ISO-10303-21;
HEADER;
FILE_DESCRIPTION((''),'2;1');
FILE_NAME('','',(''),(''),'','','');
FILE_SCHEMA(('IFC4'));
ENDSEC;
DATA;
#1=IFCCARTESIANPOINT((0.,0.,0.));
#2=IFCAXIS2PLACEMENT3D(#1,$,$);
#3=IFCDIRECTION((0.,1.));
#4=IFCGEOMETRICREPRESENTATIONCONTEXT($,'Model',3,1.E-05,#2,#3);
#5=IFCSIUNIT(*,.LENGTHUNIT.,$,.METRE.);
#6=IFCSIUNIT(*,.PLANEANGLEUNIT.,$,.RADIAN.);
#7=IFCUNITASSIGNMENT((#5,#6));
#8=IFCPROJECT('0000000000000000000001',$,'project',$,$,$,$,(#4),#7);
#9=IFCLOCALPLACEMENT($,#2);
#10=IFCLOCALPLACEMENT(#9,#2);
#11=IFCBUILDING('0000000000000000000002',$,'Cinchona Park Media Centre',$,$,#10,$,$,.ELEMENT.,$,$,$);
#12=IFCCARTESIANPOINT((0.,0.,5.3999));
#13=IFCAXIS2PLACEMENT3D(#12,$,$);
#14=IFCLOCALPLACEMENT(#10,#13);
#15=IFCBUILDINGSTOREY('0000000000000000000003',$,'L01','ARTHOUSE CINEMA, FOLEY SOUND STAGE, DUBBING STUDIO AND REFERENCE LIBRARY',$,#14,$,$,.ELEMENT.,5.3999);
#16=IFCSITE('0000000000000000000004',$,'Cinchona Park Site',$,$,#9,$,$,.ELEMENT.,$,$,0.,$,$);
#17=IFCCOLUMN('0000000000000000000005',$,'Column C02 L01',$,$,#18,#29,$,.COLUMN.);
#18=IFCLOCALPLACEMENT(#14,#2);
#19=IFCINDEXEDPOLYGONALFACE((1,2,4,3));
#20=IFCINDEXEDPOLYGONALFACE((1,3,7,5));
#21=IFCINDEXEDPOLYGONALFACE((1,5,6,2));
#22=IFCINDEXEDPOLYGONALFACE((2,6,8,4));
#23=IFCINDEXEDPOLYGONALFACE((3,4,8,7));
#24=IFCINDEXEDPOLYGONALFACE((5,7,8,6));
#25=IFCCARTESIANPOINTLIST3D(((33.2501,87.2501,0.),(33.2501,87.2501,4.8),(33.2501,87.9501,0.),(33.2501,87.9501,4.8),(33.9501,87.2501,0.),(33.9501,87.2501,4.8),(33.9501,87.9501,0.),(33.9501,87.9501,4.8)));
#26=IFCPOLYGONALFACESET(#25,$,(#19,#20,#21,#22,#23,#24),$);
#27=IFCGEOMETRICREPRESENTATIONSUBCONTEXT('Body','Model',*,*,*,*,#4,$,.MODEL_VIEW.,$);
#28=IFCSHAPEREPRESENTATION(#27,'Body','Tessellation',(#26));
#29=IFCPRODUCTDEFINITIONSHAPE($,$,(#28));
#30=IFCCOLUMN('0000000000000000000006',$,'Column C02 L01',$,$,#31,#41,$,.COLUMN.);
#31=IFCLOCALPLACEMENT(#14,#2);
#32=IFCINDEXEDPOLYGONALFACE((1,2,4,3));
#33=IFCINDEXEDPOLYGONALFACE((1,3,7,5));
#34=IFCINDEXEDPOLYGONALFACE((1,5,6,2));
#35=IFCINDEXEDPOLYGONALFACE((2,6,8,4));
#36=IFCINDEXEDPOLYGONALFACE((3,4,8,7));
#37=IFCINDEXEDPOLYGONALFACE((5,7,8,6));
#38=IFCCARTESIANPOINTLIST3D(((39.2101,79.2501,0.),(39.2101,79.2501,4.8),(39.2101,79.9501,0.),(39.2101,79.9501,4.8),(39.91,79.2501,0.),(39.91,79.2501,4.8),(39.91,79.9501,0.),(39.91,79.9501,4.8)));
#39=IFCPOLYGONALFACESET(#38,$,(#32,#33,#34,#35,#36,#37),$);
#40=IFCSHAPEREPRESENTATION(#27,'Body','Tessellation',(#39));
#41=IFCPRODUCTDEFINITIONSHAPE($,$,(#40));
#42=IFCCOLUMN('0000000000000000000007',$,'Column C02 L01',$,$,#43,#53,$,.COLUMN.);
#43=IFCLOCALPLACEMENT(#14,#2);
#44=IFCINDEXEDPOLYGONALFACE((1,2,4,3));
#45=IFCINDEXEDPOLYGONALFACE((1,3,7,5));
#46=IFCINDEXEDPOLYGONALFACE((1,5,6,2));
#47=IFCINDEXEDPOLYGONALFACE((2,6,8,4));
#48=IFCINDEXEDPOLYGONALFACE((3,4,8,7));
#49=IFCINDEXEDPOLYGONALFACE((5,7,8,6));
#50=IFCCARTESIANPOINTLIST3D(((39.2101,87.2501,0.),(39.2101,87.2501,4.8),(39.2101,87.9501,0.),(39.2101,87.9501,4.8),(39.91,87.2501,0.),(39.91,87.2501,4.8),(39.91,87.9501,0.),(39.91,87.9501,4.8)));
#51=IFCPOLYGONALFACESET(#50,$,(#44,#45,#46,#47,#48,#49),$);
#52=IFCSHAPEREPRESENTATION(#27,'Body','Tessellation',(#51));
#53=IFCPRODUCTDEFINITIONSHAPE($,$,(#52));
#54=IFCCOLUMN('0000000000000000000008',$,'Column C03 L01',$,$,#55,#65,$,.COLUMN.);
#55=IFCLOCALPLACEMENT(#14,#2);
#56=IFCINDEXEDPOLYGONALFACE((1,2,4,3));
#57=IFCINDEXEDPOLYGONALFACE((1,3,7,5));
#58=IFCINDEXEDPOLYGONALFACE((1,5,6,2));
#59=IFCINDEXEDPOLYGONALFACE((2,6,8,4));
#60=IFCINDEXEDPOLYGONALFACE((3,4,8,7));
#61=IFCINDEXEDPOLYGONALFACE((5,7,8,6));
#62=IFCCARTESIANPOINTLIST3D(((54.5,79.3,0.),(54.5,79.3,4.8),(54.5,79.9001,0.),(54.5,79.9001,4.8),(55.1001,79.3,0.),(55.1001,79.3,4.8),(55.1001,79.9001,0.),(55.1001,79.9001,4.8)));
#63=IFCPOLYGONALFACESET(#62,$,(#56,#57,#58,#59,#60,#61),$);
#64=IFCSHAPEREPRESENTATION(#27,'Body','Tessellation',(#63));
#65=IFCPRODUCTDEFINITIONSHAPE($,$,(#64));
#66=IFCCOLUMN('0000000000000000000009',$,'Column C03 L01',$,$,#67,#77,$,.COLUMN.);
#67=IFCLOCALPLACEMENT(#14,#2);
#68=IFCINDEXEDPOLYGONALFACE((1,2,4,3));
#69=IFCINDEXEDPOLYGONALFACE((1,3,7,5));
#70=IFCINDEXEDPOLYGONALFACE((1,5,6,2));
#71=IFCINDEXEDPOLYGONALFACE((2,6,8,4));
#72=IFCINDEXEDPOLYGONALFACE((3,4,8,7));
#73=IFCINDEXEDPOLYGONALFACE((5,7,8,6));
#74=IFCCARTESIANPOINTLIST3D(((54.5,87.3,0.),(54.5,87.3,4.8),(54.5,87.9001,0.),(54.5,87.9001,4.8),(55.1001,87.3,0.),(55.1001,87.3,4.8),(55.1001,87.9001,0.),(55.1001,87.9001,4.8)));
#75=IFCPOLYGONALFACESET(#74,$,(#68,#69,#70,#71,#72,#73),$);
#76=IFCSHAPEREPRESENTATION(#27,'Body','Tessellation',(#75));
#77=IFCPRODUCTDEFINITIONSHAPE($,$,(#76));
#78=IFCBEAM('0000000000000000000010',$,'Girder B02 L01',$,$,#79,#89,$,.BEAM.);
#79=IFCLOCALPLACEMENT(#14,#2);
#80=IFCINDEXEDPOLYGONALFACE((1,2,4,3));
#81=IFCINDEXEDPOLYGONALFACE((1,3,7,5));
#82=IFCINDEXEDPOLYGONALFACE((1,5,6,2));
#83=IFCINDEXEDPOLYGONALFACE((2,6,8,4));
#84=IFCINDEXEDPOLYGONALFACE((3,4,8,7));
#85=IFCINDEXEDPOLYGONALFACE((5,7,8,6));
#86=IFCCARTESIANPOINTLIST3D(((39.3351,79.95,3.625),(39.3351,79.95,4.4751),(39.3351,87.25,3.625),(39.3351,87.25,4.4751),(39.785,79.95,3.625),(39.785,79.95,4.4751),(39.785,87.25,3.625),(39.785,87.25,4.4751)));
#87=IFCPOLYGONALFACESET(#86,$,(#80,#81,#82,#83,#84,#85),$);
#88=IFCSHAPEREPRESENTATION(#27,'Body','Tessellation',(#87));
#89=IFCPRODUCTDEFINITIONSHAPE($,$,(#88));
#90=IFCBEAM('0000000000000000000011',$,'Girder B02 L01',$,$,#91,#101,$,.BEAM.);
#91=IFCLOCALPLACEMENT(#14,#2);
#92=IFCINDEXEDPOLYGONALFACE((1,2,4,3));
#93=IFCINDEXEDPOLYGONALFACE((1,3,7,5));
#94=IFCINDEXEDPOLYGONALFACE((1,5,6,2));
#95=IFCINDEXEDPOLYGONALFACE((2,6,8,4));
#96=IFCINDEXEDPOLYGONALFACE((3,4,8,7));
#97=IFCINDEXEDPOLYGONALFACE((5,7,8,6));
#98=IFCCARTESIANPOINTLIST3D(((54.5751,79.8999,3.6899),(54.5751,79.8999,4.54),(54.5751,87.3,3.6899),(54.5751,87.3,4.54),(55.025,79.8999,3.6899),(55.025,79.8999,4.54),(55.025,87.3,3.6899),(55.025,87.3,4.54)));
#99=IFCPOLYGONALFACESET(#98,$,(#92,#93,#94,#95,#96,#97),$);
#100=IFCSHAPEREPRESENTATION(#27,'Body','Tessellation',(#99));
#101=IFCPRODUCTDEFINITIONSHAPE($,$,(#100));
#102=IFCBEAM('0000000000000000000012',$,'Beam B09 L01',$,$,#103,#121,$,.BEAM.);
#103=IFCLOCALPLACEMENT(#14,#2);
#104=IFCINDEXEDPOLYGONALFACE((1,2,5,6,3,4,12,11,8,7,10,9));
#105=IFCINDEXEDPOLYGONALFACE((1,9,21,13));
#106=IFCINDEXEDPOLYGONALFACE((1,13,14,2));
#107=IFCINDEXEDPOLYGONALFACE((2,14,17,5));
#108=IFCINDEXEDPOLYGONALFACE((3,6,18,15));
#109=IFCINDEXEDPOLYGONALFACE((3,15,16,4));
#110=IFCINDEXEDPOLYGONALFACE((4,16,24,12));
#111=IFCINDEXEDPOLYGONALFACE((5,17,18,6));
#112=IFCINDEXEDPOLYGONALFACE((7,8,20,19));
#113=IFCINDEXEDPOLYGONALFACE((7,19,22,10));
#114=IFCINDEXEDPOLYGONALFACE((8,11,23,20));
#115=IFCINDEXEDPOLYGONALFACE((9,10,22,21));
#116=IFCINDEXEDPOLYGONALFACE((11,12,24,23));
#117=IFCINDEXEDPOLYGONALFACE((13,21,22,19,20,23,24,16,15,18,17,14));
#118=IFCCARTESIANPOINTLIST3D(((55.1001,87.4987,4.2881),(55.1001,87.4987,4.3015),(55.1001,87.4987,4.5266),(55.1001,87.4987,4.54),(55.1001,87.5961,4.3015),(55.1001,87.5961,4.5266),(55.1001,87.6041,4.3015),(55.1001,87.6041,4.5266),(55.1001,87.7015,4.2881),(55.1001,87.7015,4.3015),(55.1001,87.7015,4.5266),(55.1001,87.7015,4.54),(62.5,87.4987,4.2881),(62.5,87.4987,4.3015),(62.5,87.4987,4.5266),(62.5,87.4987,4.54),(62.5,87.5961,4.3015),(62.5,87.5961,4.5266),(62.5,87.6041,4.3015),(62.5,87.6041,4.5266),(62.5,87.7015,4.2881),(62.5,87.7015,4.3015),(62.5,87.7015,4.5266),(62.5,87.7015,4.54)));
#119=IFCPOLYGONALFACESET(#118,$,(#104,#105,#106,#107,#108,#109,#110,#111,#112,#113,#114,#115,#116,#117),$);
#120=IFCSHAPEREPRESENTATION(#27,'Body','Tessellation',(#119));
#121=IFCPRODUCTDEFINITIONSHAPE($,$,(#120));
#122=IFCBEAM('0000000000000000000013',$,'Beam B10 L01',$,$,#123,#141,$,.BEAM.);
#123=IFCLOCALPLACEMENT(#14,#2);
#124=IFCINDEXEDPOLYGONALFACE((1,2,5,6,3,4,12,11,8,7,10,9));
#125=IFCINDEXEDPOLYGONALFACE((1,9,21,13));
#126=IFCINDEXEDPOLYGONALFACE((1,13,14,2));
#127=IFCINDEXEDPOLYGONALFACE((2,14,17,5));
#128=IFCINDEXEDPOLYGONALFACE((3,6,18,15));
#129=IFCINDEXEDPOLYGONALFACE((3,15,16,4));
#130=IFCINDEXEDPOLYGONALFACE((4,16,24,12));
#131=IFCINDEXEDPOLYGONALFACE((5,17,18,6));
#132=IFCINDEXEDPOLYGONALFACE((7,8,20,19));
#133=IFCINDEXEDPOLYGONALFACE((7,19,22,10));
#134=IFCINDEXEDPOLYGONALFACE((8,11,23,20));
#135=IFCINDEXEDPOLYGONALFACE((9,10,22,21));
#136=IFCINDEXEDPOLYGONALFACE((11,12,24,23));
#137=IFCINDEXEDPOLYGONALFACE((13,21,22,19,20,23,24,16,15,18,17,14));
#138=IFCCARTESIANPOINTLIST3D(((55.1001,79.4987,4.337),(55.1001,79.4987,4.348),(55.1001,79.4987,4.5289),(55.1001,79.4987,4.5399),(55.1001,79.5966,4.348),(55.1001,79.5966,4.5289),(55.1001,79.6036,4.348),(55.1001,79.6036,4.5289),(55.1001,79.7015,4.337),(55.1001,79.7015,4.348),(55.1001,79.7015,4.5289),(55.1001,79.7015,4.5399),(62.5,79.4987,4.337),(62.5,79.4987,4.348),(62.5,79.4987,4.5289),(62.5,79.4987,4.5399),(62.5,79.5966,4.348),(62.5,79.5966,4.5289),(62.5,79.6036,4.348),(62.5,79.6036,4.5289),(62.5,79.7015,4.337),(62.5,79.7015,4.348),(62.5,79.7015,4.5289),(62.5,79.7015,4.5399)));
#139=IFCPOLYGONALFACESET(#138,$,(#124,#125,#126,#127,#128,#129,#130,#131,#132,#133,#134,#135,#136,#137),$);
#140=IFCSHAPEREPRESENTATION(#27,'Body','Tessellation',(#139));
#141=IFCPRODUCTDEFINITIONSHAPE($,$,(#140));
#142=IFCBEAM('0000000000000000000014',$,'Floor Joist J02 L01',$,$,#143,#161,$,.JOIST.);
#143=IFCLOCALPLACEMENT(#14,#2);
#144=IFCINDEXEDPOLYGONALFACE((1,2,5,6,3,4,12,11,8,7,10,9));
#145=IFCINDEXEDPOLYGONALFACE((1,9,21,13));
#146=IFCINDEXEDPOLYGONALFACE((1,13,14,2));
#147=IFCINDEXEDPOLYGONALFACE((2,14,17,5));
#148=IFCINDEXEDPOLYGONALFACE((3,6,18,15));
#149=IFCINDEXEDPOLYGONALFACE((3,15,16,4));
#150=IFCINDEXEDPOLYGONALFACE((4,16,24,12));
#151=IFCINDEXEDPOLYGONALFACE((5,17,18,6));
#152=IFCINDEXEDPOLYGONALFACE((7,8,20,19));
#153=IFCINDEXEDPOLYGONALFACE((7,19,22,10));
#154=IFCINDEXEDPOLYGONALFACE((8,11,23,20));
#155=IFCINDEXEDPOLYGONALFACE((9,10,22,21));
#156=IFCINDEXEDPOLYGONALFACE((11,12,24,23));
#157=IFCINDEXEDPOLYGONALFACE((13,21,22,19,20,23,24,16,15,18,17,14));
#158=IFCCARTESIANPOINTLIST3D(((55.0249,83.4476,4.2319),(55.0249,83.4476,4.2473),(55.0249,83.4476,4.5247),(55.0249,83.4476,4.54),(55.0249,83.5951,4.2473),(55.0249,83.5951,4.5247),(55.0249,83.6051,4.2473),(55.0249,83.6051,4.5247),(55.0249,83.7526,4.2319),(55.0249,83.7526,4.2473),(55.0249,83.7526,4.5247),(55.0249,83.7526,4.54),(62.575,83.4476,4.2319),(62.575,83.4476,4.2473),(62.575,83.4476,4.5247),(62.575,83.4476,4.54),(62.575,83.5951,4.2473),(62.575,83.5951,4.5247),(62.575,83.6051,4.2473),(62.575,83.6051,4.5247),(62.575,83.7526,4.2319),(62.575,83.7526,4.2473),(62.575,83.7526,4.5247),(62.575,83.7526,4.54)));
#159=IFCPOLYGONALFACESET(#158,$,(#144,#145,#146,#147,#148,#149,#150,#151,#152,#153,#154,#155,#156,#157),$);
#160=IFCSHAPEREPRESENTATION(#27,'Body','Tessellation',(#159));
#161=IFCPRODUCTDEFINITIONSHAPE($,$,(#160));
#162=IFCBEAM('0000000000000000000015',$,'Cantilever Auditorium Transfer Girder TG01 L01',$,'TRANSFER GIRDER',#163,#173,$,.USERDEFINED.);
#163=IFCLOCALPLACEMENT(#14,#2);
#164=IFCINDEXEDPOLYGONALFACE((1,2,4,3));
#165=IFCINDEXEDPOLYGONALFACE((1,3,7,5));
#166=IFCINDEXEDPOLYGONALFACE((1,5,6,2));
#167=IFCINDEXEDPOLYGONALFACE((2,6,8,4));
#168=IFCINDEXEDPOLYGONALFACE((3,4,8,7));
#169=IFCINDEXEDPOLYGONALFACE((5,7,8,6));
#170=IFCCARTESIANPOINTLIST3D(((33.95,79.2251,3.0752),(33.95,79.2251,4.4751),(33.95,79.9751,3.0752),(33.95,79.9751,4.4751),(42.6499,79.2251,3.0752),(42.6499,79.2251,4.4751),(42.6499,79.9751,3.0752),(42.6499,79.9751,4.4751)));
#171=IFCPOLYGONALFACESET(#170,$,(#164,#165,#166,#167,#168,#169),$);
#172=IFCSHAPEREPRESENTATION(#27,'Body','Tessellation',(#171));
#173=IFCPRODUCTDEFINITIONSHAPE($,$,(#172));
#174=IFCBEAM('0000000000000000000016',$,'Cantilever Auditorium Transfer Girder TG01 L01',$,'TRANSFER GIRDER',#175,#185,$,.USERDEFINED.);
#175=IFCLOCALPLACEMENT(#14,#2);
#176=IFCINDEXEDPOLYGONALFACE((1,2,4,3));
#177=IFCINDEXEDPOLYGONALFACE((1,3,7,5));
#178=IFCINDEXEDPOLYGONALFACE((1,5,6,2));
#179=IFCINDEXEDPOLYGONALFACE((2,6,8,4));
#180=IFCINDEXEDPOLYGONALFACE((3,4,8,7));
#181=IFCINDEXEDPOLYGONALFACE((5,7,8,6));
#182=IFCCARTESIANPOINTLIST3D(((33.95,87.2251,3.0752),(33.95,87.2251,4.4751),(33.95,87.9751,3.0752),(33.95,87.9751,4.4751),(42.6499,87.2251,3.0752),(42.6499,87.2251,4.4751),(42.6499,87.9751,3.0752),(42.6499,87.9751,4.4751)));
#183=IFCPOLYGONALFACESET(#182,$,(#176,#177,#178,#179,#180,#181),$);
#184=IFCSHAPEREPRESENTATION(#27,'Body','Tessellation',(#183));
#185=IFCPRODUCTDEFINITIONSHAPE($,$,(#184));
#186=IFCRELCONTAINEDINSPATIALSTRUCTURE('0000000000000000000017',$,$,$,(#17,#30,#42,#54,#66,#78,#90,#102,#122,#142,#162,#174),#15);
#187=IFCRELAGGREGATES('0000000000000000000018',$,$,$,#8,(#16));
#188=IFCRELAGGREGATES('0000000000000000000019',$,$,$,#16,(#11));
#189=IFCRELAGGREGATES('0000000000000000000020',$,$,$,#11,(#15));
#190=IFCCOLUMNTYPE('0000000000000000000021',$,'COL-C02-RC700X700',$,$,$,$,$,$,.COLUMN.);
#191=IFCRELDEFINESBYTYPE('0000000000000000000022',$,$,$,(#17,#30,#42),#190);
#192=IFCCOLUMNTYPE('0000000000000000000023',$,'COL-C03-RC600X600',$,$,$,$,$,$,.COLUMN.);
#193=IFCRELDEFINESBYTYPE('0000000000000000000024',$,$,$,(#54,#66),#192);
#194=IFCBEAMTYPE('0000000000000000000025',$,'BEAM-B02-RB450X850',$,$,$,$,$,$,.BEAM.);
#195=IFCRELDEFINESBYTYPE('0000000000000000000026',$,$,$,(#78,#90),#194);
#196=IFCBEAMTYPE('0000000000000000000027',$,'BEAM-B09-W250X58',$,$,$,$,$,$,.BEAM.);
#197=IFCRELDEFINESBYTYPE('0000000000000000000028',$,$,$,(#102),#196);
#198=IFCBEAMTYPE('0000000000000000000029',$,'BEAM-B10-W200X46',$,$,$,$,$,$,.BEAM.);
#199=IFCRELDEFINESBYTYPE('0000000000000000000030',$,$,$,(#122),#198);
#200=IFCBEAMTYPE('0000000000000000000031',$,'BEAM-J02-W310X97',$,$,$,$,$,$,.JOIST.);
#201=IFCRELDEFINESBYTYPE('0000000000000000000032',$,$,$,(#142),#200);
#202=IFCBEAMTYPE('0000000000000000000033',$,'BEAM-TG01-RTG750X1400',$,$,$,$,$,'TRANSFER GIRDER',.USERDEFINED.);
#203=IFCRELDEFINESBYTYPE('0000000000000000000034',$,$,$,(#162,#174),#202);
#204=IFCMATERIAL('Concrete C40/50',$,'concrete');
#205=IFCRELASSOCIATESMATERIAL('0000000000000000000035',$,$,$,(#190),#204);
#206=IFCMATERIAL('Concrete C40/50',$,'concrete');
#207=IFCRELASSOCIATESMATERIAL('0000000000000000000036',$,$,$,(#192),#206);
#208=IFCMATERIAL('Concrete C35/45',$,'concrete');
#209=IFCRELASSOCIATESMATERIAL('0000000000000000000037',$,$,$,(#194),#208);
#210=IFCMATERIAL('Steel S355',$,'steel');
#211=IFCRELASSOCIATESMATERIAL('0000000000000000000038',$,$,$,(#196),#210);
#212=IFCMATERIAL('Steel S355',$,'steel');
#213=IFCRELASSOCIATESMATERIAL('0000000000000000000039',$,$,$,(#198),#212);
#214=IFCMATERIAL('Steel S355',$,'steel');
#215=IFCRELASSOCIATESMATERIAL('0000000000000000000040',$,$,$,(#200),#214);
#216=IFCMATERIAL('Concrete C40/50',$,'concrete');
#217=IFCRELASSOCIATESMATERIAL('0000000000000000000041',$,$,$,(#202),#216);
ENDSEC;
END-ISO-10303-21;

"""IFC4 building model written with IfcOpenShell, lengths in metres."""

from ifc_helpers import new_model, si_unit, direction, frame, origin, origin_2d, place, context, subcontext, project, spatial, rectangle, i_section, extrude, material, material_profile, profile_set, type_object, element, save


model = new_model("IFC4")

# Units and contexts
model_context = context("Model", 3, precision=1e-05, world=origin(), true_north=direction((0.0, 1.0)))
body_context = subcontext(model_context, "Body", "Model", "MODEL_VIEW")
ifc_project = project(units=[si_unit("LENGTHUNIT", "METRE"), si_unit("PLANEANGLEUNIT", "RADIAN")], contexts=[model_context])

# Site, building, storey
site_placement = place(None, origin())
site = spatial("IfcSite", under=ifc_project, at=site_placement, Name="Cinchona Park Site", CompositionType="ELEMENT", RefElevation=0.0)
building_placement = place(site_placement, origin())
building = spatial("IfcBuilding", under=site, at=building_placement, Name="Cinchona Park Media Centre", CompositionType="ELEMENT")
storey_placement = place(building_placement, frame((0.0, 0.0, 5.3999)))
storey = spatial("IfcBuildingStorey", under=building, at=storey_placement, Name="L01", Description="ARTHOUSE CINEMA, FOLEY SOUND STAGE, DUBBING STUDIO AND REFERENCE LIBRARY", CompositionType="ELEMENT", Elevation=5.3999)

# Columns
ifc_material_1 = material(Name="Concrete C40/50", Category="concrete")
ifc_material_profile_1 = material_profile(ifc_material_1, rectangle(XDim=0.7, YDim=0.7, at=origin_2d()), Name="RC 700X700")
ifc_profile_set_1 = profile_set([ifc_material_profile_1], Name="Concrete C40/50")
column_type_1 = type_object("IfcColumnType", Name="COL-C02-RC700X700", PredefinedType="COLUMN", material=ifc_profile_set_1)
for number, where, z_axis, x_axis, name in (
    (1, (33.6001, 87.6001, 0.0), (0.0, 0.0, 1.0), (1.0, 0.0, 0.0), "Column C02 L01"),
    (2, (39.5601, 79.6001, 0.0), (0.0, 0.0, 1.0), (1.0, 0.0, 0.0), "Column C02 L01"),
    (3, (39.5601, 87.6001, 0.0), (0.0, 0.0, 1.0), (1.0, 0.0, 0.0), "Column C02 L01"),
):
    element("IfcColumn", number, at=place(storey_placement, frame(where, z_axis=z_axis, x_axis=x_axis)), inside=storey, type_object=column_type_1, Name=name, PredefinedType="COLUMN", context=body_context, shape_type="SweptSolid", body=[
        extrude(rectangle(XDim=0.7, YDim=0.7, at=origin_2d()), origin(), (0.0, 0.0, 1.0), 4.8),
    ])
ifc_material_2 = material(Name="Concrete C40/50", Category="concrete")
ifc_material_profile_2 = material_profile(ifc_material_2, rectangle(XDim=0.6001, YDim=0.6001, at=origin_2d()), Name="RC 600X600")
ifc_profile_set_2 = profile_set([ifc_material_profile_2], Name="Concrete C40/50")
column_type_2 = type_object("IfcColumnType", Name="COL-C03-RC600X600", PredefinedType="COLUMN", material=ifc_profile_set_2)
for number, where, z_axis, x_axis, name in (
    (4, (54.8, 79.6001, 0.0), (0.0, 0.0, 1.0), (1.0, 0.0, 0.0), "Column C03 L01"),
    (5, (54.8, 87.6001, 0.0), (0.0, 0.0, 1.0), (1.0, 0.0, 0.0), "Column C03 L01"),
):
    element("IfcColumn", number, at=place(storey_placement, frame(where, z_axis=z_axis, x_axis=x_axis)), inside=storey, type_object=column_type_2, Name=name, PredefinedType="COLUMN", context=body_context, shape_type="SweptSolid", body=[
        extrude(rectangle(XDim=0.6001, YDim=0.6001, at=origin_2d()), origin(), (0.0, 0.0, 1.0), 4.8),
    ])

# Beams
ifc_material_3 = material(Name="Concrete C35/45", Category="concrete")
ifc_material_profile_3 = material_profile(ifc_material_3, rectangle(XDim=0.45, YDim=0.8501, at=origin_2d()), Name="RB 450X850")
ifc_profile_set_3 = profile_set([ifc_material_profile_3], Name="Concrete C35/45")
beam_type_1 = type_object("IfcBeamType", Name="BEAM-B02-RB450X850", PredefinedType="BEAM", material=ifc_profile_set_3)
beam_1_placement = place(storey_placement, frame((39.5601, 79.95, 4.05), z_axis=(0.0, 1.0, 0.0), x_axis=(-1.0, 0.0, 0.0)))
element("IfcBeam", 6, at=beam_1_placement, inside=storey, type_object=beam_type_1, Name="Girder B02 L01", PredefinedType="BEAM", context=body_context, shape_type="SweptSolid", body=[
    extrude(rectangle(XDim=0.45, YDim=0.8501, at=origin_2d()), origin(), (0.0, 0.0, 1.0), 7.3),
])
beam_2_placement = place(storey_placement, frame((54.8, 79.8999, 4.115), z_axis=(0.0, 1.0, 0.0), x_axis=(-1.0, 0.0, 0.0)))
element("IfcBeam", 7, at=beam_2_placement, inside=storey, type_object=beam_type_1, Name="Girder B02 L01", PredefinedType="BEAM", context=body_context, shape_type="SweptSolid", body=[
    extrude(rectangle(XDim=0.45, YDim=0.8501, at=origin_2d()), origin(), (0.0, 0.0, 1.0), 7.4001),
])
ifc_material_4 = material(Name="Steel S355", Category="steel")
ifc_material_profile_4 = material_profile(ifc_material_4, i_section(OverallWidth=0.2029, OverallDepth=0.252, WebThickness=0.0081, FlangeThickness=0.0134, at=origin_2d()), Name="W250X58")
ifc_profile_set_4 = profile_set([ifc_material_profile_4], Name="Steel S355")
beam_type_2 = type_object("IfcBeamType", Name="BEAM-B09-W250X58", PredefinedType="BEAM", material=ifc_profile_set_4)
beam_3_placement = place(storey_placement, frame((55.1001, 87.6001, 4.4141), z_axis=(1.0, 0.0, 0.0), x_axis=(0.0, 1.0, 0.0)))
element("IfcBeam", 8, at=beam_3_placement, inside=storey, type_object=beam_type_2, Name="Beam B09 L01", PredefinedType="BEAM", context=body_context, shape_type="SweptSolid", body=[
    extrude(i_section(OverallWidth=0.2029, OverallDepth=0.252, WebThickness=0.0081, FlangeThickness=0.0134, at=origin_2d()), origin(), (0.0, 0.0, 1.0), 7.3999),
])
ifc_material_5 = material(Name="Steel S355", Category="steel")
ifc_material_profile_5 = material_profile(ifc_material_5, i_section(OverallWidth=0.2029, OverallDepth=0.2029, WebThickness=0.0071, FlangeThickness=0.011, at=origin_2d()), Name="W200X46")
ifc_profile_set_5 = profile_set([ifc_material_profile_5], Name="Steel S355")
beam_type_3 = type_object("IfcBeamType", Name="BEAM-B10-W200X46", PredefinedType="BEAM", material=ifc_profile_set_5)
beam_4_placement = place(storey_placement, frame((55.1001, 79.6001, 4.4385), z_axis=(1.0, 0.0, 0.0), x_axis=(0.0, 1.0, 0.0)))
element("IfcBeam", 9, at=beam_4_placement, inside=storey, type_object=beam_type_3, Name="Beam B10 L01", PredefinedType="BEAM", context=body_context, shape_type="SweptSolid", body=[
    extrude(i_section(OverallWidth=0.2029, OverallDepth=0.2029, WebThickness=0.0071, FlangeThickness=0.011, at=origin_2d()), origin(), (0.0, 0.0, 1.0), 7.3999),
])
ifc_material_6 = material(Name="Steel S355", Category="steel")
ifc_material_profile_6 = material_profile(ifc_material_6, i_section(OverallWidth=0.3049, OverallDepth=0.3081, WebThickness=0.01, FlangeThickness=0.0154, at=origin_2d()), Name="W310X97")
ifc_profile_set_6 = profile_set([ifc_material_profile_6], Name="Steel S355")
beam_type_4 = type_object("IfcBeamType", Name="BEAM-J02-W310X97", PredefinedType="JOIST", material=ifc_profile_set_6)
beam_5_placement = place(storey_placement, frame((55.0249, 83.6001, 4.386), z_axis=(1.0, 0.0, 0.0), x_axis=(0.0, 1.0, 0.0)))
element("IfcBeam", 10, at=beam_5_placement, inside=storey, type_object=beam_type_4, Name="Floor Joist J02 L01", PredefinedType="JOIST", context=body_context, shape_type="SweptSolid", body=[
    extrude(i_section(OverallWidth=0.3049, OverallDepth=0.3081, WebThickness=0.01, FlangeThickness=0.0154, at=origin_2d()), origin(), (0.0, 0.0, 1.0), 7.55),
])
ifc_material_7 = material(Name="Concrete C40/50", Category="concrete")
ifc_material_profile_7 = material_profile(ifc_material_7, rectangle(XDim=0.75, YDim=1.3999, at=origin_2d()), Name="RTG 750X1400")
ifc_profile_set_7 = profile_set([ifc_material_profile_7], Name="Concrete C40/50")
beam_type_5 = type_object("IfcBeamType", Name="BEAM-TG01-RTG750X1400", ElementType="TRANSFER GIRDER", PredefinedType="USERDEFINED", material=ifc_profile_set_7)
for number, where, z_axis, x_axis, name in (
    (11, (33.95, 79.6001, 3.7751), (1.0, 0.0, 0.0), (0.0, 1.0, 0.0), "Cantilever Auditorium Transfer Girder TG01 L01"),
    (12, (33.95, 87.6001, 3.7751), (1.0, 0.0, 0.0), (0.0, 1.0, 0.0), "Cantilever Auditorium Transfer Girder TG01 L01"),
):
    element("IfcBeam", number, at=place(storey_placement, frame(where, z_axis=z_axis, x_axis=x_axis)), inside=storey, type_object=beam_type_5, Name=name, ObjectType="TRANSFER GIRDER", PredefinedType="USERDEFINED", context=body_context, shape_type="SweptSolid", body=[
        extrude(rectangle(XDim=0.75, YDim=1.3999, at=origin_2d()), origin(), (0.0, 0.0, 1.0), 8.7),
    ])

save(model, "model.ifc")
